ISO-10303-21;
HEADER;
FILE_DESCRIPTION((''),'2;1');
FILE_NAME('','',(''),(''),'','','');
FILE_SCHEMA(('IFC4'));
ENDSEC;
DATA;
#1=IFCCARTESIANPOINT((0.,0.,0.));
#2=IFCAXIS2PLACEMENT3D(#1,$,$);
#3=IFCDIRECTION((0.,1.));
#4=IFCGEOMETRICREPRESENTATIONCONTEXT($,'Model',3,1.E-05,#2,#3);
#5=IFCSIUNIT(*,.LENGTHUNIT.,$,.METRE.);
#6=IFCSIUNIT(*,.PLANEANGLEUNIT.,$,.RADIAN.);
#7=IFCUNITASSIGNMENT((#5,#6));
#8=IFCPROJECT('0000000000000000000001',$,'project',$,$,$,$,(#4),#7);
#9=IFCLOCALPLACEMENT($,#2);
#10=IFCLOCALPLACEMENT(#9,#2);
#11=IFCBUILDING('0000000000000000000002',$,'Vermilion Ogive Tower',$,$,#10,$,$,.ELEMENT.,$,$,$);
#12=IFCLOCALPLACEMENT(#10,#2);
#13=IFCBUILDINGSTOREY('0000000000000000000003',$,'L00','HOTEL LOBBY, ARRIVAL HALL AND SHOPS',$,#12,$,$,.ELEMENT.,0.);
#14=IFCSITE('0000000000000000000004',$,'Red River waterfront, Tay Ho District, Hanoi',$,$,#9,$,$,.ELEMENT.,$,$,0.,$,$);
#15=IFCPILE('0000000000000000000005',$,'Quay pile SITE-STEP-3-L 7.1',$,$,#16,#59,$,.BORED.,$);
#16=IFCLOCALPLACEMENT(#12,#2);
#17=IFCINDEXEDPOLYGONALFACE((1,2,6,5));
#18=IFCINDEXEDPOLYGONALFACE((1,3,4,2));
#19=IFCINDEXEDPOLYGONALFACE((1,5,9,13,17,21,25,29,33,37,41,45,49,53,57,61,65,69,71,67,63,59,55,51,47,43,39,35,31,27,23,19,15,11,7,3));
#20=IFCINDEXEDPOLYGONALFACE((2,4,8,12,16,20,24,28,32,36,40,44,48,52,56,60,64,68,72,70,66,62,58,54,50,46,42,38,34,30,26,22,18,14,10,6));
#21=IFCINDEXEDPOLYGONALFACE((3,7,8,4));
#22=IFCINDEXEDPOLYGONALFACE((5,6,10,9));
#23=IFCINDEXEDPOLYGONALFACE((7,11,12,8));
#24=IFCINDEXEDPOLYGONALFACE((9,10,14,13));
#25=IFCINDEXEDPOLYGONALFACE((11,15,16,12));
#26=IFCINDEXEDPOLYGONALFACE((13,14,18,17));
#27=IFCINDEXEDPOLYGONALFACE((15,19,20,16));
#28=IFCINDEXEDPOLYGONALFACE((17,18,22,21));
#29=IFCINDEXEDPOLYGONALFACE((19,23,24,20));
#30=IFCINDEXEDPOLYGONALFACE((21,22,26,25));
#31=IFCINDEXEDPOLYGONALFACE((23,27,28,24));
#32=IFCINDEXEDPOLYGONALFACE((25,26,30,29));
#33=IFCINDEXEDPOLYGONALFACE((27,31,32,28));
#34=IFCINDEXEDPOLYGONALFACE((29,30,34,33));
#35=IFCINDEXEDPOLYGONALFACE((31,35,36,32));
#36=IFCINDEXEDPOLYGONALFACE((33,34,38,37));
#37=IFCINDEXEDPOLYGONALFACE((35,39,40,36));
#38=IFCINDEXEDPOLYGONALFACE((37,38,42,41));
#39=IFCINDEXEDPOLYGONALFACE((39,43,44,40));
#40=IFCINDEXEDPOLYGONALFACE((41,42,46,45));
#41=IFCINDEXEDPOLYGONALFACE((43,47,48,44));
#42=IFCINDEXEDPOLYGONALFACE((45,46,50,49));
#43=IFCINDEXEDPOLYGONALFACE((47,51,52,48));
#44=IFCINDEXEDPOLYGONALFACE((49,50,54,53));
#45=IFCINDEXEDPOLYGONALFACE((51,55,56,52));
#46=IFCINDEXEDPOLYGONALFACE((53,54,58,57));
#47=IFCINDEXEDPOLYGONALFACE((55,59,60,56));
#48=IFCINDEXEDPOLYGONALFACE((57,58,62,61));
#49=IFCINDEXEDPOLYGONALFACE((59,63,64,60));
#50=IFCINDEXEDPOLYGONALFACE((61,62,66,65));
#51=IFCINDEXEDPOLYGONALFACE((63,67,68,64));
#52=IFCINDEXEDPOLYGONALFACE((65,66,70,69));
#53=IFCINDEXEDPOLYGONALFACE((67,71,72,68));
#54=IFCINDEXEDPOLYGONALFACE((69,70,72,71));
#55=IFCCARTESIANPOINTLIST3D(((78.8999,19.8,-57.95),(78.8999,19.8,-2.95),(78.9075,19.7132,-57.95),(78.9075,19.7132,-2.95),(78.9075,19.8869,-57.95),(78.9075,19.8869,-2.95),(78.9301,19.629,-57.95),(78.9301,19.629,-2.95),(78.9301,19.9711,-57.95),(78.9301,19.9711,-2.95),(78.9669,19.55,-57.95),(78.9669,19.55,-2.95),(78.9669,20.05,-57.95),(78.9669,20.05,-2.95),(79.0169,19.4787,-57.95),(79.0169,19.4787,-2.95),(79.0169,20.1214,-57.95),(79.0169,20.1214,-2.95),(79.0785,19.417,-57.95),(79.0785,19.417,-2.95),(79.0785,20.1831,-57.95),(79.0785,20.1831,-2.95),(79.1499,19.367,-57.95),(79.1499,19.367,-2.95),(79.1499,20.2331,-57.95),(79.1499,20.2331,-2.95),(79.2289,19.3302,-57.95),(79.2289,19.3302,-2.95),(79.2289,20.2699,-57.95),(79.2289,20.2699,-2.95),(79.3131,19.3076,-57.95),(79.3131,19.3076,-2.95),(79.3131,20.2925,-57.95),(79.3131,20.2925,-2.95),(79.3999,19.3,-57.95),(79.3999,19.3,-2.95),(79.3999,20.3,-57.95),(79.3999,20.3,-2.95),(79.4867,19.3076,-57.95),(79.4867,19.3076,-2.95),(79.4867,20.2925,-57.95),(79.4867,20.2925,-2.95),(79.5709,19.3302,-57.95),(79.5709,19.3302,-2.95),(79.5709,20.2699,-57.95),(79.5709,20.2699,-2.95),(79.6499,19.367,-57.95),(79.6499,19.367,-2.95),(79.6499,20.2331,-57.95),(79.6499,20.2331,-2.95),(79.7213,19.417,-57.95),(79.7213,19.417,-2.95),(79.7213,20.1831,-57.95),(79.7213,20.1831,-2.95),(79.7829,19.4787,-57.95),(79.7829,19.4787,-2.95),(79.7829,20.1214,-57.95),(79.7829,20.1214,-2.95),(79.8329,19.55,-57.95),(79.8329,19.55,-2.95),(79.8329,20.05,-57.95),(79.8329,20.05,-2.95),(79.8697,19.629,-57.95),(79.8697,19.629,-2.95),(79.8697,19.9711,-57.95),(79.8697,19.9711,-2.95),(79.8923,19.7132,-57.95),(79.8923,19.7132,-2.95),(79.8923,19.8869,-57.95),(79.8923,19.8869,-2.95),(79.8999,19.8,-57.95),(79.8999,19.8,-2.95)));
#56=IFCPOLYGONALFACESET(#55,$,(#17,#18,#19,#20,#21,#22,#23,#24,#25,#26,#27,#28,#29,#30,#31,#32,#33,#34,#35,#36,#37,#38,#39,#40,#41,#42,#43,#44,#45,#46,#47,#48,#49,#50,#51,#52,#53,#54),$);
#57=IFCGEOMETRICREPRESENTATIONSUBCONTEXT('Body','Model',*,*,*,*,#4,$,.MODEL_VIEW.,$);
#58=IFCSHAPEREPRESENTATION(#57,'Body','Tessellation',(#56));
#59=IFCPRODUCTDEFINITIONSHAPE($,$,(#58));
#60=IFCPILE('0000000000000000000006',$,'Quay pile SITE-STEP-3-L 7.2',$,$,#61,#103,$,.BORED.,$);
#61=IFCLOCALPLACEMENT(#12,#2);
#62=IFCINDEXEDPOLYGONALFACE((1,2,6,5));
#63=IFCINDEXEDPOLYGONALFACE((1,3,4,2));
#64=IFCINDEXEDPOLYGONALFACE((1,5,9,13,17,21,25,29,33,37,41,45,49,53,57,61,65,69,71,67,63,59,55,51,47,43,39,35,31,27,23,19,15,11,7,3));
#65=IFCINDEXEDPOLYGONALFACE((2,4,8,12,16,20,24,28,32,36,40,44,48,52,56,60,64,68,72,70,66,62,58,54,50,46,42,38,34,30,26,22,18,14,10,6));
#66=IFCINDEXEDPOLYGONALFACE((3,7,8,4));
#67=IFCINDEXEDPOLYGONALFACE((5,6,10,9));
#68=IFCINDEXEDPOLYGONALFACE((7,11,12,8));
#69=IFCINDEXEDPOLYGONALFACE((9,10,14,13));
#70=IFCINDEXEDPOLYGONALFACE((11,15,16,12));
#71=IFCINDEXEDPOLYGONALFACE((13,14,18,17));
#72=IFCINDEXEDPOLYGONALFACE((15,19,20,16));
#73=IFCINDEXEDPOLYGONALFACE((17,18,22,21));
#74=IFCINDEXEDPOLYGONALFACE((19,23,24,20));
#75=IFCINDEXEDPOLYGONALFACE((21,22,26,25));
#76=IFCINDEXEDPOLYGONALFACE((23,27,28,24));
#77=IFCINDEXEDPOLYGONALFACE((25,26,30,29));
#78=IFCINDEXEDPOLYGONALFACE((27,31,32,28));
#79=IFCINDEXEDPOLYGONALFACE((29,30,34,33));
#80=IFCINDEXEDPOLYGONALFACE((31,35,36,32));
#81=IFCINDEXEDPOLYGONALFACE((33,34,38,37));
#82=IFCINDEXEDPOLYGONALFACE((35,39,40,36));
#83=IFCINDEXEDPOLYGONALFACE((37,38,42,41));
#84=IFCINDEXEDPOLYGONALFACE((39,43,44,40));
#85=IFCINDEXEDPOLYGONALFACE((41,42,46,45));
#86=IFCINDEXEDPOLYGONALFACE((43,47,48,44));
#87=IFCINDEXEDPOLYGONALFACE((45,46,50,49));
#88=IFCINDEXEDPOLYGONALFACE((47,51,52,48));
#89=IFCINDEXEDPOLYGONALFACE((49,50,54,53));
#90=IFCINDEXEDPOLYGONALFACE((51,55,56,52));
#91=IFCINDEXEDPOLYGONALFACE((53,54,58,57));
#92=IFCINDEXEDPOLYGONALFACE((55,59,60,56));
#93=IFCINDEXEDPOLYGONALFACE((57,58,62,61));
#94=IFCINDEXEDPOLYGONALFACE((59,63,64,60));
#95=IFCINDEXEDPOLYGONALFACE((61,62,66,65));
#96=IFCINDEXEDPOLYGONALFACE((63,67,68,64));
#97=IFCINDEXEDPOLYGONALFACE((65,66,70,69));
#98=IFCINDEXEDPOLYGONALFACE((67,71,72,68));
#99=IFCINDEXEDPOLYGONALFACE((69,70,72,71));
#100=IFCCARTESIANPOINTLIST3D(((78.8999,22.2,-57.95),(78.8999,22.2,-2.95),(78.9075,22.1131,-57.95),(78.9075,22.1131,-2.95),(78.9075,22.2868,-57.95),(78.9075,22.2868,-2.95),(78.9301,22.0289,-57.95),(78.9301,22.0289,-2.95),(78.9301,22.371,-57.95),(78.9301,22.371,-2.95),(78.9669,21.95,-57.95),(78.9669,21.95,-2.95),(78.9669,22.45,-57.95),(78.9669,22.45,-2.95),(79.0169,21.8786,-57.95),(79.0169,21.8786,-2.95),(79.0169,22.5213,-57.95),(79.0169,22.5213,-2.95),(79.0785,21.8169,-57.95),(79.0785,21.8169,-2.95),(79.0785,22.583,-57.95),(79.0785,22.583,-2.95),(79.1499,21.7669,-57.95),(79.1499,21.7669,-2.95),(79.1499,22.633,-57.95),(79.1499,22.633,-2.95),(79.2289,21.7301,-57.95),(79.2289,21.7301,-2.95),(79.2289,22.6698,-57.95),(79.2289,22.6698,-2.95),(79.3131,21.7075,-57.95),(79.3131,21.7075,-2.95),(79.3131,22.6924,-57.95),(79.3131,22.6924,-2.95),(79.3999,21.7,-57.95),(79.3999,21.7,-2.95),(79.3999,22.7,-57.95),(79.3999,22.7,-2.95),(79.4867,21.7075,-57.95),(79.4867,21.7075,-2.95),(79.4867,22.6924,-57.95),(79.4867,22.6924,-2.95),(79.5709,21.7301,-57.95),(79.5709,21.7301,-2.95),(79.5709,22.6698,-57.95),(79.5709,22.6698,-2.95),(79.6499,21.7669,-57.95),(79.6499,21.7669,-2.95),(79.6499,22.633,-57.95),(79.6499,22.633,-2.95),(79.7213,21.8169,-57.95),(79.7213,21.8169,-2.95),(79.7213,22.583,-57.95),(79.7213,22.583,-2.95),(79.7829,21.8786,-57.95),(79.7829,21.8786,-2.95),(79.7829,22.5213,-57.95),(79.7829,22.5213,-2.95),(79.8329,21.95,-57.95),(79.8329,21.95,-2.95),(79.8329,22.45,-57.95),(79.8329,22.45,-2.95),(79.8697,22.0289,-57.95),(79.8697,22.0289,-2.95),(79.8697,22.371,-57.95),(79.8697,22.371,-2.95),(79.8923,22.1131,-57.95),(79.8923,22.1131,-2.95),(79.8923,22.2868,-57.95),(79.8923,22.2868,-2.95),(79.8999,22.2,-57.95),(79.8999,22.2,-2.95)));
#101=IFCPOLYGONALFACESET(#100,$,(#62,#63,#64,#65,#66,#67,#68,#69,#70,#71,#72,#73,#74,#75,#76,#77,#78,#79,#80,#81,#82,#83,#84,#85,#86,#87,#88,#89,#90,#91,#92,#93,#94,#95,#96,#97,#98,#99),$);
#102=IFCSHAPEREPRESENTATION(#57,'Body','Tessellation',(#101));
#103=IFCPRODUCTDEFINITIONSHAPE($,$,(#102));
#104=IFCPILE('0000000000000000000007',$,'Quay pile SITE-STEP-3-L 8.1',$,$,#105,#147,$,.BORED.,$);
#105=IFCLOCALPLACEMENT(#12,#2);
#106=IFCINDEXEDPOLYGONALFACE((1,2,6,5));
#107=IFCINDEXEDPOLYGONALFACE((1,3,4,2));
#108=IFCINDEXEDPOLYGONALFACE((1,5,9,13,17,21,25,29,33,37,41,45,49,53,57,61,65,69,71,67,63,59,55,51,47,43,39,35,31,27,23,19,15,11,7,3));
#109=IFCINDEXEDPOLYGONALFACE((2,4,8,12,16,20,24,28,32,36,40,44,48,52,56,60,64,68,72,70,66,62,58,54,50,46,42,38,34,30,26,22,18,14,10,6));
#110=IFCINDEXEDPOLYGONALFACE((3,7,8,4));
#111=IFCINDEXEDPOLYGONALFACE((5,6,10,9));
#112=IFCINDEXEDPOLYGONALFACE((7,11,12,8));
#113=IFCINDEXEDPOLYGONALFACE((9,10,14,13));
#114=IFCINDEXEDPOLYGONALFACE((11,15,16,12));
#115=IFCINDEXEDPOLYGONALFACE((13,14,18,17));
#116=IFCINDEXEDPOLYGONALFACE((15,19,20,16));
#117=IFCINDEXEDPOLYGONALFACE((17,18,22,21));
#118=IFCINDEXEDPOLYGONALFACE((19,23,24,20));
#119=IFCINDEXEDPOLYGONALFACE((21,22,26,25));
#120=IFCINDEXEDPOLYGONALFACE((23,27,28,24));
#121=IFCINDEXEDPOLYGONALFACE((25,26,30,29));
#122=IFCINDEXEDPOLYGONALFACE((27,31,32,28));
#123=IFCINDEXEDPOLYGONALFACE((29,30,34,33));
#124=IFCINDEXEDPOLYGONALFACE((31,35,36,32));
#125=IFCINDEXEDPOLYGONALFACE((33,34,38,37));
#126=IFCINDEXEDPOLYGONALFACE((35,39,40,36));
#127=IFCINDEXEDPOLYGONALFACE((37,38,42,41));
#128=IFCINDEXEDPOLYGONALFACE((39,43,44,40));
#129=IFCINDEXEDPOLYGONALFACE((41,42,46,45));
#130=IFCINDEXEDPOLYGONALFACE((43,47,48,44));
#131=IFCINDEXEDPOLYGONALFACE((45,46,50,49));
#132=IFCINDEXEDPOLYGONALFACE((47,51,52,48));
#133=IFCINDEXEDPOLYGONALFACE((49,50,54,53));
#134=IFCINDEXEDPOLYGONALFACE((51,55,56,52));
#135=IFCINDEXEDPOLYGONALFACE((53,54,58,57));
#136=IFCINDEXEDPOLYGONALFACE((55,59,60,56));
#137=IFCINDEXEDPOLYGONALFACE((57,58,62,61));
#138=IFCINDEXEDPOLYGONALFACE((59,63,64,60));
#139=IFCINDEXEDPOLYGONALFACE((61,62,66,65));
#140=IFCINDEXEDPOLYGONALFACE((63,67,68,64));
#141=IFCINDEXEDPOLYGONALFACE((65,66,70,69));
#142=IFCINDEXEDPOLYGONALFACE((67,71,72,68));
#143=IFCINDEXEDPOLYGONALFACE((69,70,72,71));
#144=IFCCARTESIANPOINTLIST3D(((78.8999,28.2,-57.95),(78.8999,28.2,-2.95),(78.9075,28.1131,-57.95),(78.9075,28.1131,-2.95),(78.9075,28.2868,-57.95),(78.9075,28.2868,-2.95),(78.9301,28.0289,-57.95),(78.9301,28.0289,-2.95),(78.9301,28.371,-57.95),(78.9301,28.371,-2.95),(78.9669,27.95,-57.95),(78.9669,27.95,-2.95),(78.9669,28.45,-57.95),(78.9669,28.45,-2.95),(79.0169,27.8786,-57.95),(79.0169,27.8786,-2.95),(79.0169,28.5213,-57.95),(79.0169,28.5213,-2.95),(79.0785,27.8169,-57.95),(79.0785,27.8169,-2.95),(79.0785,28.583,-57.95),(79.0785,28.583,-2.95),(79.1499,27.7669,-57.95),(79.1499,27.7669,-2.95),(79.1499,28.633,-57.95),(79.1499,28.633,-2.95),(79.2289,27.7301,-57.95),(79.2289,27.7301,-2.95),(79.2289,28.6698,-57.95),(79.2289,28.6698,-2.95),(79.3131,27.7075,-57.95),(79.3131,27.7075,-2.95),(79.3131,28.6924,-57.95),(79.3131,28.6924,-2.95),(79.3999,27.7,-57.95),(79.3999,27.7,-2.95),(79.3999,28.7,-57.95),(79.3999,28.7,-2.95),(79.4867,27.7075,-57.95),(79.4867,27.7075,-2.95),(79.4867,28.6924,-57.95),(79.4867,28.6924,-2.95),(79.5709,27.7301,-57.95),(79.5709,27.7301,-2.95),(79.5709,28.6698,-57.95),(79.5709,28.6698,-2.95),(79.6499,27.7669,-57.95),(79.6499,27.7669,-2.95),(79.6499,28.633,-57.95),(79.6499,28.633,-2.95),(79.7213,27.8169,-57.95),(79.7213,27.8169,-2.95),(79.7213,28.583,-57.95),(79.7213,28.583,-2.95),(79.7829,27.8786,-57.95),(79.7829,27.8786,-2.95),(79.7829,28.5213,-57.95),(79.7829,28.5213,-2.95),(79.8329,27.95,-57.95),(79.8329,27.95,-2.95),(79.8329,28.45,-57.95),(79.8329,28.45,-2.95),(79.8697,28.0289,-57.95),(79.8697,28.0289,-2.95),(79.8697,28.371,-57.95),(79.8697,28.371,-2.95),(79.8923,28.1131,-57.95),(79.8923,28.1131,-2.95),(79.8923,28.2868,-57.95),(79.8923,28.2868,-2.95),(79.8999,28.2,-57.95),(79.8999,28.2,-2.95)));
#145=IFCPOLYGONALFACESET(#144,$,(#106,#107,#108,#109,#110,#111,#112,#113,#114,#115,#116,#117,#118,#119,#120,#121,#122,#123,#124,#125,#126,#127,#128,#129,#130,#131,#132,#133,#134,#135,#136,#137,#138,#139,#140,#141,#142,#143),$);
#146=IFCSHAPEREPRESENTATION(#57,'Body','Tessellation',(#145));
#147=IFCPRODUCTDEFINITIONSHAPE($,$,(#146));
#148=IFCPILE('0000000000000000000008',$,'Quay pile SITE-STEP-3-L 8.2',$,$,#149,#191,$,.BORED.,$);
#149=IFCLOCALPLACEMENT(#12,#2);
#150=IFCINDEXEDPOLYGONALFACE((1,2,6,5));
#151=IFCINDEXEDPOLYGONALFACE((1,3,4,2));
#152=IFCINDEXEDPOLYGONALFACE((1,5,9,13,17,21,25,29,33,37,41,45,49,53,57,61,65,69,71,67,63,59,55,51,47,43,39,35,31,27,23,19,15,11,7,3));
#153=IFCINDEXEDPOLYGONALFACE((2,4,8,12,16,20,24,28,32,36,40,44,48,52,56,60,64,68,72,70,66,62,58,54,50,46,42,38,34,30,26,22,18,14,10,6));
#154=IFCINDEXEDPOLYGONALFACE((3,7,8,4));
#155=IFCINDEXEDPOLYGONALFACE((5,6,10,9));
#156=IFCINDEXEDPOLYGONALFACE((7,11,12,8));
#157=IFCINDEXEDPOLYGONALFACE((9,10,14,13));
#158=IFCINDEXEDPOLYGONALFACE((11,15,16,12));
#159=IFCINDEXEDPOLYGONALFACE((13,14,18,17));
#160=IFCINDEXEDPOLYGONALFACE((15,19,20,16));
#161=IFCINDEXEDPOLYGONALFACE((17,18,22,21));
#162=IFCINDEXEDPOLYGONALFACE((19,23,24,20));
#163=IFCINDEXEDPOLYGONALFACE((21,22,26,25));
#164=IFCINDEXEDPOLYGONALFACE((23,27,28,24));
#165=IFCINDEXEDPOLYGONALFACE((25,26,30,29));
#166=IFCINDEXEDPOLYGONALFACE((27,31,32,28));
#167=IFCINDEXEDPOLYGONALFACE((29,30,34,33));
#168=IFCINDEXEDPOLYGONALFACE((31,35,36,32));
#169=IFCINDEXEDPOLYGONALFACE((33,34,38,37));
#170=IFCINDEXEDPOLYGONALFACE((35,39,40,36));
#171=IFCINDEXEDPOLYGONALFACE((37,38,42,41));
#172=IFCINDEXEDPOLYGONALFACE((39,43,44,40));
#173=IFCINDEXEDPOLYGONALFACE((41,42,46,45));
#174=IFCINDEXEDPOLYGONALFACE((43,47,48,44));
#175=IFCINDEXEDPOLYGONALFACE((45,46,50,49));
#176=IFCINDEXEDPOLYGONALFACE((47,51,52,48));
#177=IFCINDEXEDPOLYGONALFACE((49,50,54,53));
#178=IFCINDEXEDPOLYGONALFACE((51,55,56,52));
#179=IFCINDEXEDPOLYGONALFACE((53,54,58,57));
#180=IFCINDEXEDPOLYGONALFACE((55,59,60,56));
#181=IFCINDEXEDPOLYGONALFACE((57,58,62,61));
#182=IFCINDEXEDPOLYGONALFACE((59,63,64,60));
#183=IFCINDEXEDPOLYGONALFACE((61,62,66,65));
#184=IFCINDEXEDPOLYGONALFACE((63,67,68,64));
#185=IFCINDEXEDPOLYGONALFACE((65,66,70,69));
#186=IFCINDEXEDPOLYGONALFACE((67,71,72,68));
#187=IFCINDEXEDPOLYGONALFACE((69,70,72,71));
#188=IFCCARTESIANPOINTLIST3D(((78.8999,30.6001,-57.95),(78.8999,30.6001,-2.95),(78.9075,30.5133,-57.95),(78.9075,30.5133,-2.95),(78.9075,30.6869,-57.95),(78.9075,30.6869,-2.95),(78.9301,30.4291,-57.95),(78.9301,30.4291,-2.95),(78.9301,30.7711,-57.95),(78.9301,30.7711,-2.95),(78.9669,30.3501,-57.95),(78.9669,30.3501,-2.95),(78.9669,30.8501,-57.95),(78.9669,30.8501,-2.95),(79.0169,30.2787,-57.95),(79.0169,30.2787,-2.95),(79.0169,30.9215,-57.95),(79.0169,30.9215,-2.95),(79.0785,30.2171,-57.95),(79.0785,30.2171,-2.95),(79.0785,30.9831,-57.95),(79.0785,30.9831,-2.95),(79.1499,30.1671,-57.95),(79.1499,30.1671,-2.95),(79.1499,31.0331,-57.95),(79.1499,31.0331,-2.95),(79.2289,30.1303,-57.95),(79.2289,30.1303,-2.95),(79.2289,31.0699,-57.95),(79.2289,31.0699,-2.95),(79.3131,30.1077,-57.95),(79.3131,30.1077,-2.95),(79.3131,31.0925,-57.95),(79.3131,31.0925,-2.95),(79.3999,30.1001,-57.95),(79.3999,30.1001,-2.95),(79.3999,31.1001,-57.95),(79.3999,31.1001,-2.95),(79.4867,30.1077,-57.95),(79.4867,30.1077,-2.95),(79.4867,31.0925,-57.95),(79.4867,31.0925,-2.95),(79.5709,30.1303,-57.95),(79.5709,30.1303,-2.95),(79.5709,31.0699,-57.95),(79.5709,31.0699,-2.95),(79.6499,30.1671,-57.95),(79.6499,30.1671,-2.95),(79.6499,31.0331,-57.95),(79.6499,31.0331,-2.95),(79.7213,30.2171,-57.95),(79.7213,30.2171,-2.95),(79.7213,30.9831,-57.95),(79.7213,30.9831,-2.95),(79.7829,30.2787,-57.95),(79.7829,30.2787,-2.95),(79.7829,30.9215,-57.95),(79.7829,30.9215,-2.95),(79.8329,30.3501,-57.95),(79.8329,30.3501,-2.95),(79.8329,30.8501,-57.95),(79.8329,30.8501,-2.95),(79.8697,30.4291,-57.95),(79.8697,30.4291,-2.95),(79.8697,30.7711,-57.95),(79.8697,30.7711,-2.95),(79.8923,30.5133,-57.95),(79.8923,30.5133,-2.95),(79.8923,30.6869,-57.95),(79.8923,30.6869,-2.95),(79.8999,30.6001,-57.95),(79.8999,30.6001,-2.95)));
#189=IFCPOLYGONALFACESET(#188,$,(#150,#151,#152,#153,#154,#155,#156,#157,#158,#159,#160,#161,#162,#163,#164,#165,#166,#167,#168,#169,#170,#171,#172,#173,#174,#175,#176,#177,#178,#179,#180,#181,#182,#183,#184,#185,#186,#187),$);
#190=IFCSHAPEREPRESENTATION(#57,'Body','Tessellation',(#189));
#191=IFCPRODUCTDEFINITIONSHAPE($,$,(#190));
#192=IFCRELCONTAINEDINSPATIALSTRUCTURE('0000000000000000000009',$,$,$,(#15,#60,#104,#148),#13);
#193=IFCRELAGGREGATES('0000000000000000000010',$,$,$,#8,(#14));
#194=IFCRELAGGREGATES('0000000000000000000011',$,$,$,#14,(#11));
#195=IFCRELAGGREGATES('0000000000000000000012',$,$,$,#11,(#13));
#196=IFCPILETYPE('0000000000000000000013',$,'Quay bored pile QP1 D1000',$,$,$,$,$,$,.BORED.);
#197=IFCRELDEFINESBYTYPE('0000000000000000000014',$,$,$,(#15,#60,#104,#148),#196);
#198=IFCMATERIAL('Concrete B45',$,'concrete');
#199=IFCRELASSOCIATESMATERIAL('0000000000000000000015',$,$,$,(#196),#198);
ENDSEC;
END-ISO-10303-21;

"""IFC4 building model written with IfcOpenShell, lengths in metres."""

from ifc_helpers import new_model, si_unit, direction, frame, origin, origin_2d, place, context, subcontext, project, spatial, circle, extrude, material, type_object, element, save


model = new_model("IFC4")

# Units and contexts
model_context = context("Model", 3, precision=1e-05, world=origin(), true_north=direction((0.0, 1.0)))
body_context = subcontext(model_context, "Body", "Model", "MODEL_VIEW")
ifc_project = project(units=[si_unit("LENGTHUNIT", "METRE"), si_unit("PLANEANGLEUNIT", "RADIAN")], contexts=[model_context])

# Site, building, storey
site_placement = place(None, origin())
site = spatial("IfcSite", under=ifc_project, at=site_placement, Name="Red River waterfront, Tay Ho District, Hanoi", CompositionType="ELEMENT", RefElevation=0.0)
building_placement = place(site_placement, origin())
building = spatial("IfcBuilding", under=site, at=building_placement, Name="Vermilion Ogive Tower", CompositionType="ELEMENT")
storey_placement = place(building_placement, origin())
storey = spatial("IfcBuildingStorey", under=building, at=storey_placement, Name="L00", Description="HOTEL LOBBY, ARRIVAL HALL AND SHOPS", CompositionType="ELEMENT", Elevation=0.0)

# Piles
ifc_material_1 = material(Name="Concrete B45", Category="concrete")
pile_type = type_object("IfcPileType", Name="Quay bored pile QP1 D1000", PredefinedType="BORED", material=ifc_material_1)
for number, where, z_axis, x_axis, name in (
    (1, (79.3999, 19.8, -2.95), (0.0, 0.0, -1.0), (1.0, 0.0, 0.0), "Quay pile SITE-STEP-3-L 7.1"),
    (2, (79.3999, 22.2, -2.95), (0.0, 0.0, -1.0), (1.0, 0.0, 0.0), "Quay pile SITE-STEP-3-L 7.2"),
    (3, (79.3999, 28.2, -2.95), (0.0, 0.0, -1.0), (1.0, 0.0, 0.0), "Quay pile SITE-STEP-3-L 8.1"),
    (4, (79.3999, 30.6001, -2.95), (0.0, 0.0, -1.0), (1.0, 0.0, 0.0), "Quay pile SITE-STEP-3-L 8.2"),
):
    element("IfcPile", number, at=place(storey_placement, frame(where, z_axis=z_axis, x_axis=x_axis)), inside=storey, type_object=pile_type, Name=name, PredefinedType="BORED", context=body_context, shape_type="SweptSolid", body=[
        extrude(circle(Radius=0.5, at=origin_2d()), origin(), (0.0, 0.0, 1.0), 55.0),
    ])

save(model, "model.ifc")
